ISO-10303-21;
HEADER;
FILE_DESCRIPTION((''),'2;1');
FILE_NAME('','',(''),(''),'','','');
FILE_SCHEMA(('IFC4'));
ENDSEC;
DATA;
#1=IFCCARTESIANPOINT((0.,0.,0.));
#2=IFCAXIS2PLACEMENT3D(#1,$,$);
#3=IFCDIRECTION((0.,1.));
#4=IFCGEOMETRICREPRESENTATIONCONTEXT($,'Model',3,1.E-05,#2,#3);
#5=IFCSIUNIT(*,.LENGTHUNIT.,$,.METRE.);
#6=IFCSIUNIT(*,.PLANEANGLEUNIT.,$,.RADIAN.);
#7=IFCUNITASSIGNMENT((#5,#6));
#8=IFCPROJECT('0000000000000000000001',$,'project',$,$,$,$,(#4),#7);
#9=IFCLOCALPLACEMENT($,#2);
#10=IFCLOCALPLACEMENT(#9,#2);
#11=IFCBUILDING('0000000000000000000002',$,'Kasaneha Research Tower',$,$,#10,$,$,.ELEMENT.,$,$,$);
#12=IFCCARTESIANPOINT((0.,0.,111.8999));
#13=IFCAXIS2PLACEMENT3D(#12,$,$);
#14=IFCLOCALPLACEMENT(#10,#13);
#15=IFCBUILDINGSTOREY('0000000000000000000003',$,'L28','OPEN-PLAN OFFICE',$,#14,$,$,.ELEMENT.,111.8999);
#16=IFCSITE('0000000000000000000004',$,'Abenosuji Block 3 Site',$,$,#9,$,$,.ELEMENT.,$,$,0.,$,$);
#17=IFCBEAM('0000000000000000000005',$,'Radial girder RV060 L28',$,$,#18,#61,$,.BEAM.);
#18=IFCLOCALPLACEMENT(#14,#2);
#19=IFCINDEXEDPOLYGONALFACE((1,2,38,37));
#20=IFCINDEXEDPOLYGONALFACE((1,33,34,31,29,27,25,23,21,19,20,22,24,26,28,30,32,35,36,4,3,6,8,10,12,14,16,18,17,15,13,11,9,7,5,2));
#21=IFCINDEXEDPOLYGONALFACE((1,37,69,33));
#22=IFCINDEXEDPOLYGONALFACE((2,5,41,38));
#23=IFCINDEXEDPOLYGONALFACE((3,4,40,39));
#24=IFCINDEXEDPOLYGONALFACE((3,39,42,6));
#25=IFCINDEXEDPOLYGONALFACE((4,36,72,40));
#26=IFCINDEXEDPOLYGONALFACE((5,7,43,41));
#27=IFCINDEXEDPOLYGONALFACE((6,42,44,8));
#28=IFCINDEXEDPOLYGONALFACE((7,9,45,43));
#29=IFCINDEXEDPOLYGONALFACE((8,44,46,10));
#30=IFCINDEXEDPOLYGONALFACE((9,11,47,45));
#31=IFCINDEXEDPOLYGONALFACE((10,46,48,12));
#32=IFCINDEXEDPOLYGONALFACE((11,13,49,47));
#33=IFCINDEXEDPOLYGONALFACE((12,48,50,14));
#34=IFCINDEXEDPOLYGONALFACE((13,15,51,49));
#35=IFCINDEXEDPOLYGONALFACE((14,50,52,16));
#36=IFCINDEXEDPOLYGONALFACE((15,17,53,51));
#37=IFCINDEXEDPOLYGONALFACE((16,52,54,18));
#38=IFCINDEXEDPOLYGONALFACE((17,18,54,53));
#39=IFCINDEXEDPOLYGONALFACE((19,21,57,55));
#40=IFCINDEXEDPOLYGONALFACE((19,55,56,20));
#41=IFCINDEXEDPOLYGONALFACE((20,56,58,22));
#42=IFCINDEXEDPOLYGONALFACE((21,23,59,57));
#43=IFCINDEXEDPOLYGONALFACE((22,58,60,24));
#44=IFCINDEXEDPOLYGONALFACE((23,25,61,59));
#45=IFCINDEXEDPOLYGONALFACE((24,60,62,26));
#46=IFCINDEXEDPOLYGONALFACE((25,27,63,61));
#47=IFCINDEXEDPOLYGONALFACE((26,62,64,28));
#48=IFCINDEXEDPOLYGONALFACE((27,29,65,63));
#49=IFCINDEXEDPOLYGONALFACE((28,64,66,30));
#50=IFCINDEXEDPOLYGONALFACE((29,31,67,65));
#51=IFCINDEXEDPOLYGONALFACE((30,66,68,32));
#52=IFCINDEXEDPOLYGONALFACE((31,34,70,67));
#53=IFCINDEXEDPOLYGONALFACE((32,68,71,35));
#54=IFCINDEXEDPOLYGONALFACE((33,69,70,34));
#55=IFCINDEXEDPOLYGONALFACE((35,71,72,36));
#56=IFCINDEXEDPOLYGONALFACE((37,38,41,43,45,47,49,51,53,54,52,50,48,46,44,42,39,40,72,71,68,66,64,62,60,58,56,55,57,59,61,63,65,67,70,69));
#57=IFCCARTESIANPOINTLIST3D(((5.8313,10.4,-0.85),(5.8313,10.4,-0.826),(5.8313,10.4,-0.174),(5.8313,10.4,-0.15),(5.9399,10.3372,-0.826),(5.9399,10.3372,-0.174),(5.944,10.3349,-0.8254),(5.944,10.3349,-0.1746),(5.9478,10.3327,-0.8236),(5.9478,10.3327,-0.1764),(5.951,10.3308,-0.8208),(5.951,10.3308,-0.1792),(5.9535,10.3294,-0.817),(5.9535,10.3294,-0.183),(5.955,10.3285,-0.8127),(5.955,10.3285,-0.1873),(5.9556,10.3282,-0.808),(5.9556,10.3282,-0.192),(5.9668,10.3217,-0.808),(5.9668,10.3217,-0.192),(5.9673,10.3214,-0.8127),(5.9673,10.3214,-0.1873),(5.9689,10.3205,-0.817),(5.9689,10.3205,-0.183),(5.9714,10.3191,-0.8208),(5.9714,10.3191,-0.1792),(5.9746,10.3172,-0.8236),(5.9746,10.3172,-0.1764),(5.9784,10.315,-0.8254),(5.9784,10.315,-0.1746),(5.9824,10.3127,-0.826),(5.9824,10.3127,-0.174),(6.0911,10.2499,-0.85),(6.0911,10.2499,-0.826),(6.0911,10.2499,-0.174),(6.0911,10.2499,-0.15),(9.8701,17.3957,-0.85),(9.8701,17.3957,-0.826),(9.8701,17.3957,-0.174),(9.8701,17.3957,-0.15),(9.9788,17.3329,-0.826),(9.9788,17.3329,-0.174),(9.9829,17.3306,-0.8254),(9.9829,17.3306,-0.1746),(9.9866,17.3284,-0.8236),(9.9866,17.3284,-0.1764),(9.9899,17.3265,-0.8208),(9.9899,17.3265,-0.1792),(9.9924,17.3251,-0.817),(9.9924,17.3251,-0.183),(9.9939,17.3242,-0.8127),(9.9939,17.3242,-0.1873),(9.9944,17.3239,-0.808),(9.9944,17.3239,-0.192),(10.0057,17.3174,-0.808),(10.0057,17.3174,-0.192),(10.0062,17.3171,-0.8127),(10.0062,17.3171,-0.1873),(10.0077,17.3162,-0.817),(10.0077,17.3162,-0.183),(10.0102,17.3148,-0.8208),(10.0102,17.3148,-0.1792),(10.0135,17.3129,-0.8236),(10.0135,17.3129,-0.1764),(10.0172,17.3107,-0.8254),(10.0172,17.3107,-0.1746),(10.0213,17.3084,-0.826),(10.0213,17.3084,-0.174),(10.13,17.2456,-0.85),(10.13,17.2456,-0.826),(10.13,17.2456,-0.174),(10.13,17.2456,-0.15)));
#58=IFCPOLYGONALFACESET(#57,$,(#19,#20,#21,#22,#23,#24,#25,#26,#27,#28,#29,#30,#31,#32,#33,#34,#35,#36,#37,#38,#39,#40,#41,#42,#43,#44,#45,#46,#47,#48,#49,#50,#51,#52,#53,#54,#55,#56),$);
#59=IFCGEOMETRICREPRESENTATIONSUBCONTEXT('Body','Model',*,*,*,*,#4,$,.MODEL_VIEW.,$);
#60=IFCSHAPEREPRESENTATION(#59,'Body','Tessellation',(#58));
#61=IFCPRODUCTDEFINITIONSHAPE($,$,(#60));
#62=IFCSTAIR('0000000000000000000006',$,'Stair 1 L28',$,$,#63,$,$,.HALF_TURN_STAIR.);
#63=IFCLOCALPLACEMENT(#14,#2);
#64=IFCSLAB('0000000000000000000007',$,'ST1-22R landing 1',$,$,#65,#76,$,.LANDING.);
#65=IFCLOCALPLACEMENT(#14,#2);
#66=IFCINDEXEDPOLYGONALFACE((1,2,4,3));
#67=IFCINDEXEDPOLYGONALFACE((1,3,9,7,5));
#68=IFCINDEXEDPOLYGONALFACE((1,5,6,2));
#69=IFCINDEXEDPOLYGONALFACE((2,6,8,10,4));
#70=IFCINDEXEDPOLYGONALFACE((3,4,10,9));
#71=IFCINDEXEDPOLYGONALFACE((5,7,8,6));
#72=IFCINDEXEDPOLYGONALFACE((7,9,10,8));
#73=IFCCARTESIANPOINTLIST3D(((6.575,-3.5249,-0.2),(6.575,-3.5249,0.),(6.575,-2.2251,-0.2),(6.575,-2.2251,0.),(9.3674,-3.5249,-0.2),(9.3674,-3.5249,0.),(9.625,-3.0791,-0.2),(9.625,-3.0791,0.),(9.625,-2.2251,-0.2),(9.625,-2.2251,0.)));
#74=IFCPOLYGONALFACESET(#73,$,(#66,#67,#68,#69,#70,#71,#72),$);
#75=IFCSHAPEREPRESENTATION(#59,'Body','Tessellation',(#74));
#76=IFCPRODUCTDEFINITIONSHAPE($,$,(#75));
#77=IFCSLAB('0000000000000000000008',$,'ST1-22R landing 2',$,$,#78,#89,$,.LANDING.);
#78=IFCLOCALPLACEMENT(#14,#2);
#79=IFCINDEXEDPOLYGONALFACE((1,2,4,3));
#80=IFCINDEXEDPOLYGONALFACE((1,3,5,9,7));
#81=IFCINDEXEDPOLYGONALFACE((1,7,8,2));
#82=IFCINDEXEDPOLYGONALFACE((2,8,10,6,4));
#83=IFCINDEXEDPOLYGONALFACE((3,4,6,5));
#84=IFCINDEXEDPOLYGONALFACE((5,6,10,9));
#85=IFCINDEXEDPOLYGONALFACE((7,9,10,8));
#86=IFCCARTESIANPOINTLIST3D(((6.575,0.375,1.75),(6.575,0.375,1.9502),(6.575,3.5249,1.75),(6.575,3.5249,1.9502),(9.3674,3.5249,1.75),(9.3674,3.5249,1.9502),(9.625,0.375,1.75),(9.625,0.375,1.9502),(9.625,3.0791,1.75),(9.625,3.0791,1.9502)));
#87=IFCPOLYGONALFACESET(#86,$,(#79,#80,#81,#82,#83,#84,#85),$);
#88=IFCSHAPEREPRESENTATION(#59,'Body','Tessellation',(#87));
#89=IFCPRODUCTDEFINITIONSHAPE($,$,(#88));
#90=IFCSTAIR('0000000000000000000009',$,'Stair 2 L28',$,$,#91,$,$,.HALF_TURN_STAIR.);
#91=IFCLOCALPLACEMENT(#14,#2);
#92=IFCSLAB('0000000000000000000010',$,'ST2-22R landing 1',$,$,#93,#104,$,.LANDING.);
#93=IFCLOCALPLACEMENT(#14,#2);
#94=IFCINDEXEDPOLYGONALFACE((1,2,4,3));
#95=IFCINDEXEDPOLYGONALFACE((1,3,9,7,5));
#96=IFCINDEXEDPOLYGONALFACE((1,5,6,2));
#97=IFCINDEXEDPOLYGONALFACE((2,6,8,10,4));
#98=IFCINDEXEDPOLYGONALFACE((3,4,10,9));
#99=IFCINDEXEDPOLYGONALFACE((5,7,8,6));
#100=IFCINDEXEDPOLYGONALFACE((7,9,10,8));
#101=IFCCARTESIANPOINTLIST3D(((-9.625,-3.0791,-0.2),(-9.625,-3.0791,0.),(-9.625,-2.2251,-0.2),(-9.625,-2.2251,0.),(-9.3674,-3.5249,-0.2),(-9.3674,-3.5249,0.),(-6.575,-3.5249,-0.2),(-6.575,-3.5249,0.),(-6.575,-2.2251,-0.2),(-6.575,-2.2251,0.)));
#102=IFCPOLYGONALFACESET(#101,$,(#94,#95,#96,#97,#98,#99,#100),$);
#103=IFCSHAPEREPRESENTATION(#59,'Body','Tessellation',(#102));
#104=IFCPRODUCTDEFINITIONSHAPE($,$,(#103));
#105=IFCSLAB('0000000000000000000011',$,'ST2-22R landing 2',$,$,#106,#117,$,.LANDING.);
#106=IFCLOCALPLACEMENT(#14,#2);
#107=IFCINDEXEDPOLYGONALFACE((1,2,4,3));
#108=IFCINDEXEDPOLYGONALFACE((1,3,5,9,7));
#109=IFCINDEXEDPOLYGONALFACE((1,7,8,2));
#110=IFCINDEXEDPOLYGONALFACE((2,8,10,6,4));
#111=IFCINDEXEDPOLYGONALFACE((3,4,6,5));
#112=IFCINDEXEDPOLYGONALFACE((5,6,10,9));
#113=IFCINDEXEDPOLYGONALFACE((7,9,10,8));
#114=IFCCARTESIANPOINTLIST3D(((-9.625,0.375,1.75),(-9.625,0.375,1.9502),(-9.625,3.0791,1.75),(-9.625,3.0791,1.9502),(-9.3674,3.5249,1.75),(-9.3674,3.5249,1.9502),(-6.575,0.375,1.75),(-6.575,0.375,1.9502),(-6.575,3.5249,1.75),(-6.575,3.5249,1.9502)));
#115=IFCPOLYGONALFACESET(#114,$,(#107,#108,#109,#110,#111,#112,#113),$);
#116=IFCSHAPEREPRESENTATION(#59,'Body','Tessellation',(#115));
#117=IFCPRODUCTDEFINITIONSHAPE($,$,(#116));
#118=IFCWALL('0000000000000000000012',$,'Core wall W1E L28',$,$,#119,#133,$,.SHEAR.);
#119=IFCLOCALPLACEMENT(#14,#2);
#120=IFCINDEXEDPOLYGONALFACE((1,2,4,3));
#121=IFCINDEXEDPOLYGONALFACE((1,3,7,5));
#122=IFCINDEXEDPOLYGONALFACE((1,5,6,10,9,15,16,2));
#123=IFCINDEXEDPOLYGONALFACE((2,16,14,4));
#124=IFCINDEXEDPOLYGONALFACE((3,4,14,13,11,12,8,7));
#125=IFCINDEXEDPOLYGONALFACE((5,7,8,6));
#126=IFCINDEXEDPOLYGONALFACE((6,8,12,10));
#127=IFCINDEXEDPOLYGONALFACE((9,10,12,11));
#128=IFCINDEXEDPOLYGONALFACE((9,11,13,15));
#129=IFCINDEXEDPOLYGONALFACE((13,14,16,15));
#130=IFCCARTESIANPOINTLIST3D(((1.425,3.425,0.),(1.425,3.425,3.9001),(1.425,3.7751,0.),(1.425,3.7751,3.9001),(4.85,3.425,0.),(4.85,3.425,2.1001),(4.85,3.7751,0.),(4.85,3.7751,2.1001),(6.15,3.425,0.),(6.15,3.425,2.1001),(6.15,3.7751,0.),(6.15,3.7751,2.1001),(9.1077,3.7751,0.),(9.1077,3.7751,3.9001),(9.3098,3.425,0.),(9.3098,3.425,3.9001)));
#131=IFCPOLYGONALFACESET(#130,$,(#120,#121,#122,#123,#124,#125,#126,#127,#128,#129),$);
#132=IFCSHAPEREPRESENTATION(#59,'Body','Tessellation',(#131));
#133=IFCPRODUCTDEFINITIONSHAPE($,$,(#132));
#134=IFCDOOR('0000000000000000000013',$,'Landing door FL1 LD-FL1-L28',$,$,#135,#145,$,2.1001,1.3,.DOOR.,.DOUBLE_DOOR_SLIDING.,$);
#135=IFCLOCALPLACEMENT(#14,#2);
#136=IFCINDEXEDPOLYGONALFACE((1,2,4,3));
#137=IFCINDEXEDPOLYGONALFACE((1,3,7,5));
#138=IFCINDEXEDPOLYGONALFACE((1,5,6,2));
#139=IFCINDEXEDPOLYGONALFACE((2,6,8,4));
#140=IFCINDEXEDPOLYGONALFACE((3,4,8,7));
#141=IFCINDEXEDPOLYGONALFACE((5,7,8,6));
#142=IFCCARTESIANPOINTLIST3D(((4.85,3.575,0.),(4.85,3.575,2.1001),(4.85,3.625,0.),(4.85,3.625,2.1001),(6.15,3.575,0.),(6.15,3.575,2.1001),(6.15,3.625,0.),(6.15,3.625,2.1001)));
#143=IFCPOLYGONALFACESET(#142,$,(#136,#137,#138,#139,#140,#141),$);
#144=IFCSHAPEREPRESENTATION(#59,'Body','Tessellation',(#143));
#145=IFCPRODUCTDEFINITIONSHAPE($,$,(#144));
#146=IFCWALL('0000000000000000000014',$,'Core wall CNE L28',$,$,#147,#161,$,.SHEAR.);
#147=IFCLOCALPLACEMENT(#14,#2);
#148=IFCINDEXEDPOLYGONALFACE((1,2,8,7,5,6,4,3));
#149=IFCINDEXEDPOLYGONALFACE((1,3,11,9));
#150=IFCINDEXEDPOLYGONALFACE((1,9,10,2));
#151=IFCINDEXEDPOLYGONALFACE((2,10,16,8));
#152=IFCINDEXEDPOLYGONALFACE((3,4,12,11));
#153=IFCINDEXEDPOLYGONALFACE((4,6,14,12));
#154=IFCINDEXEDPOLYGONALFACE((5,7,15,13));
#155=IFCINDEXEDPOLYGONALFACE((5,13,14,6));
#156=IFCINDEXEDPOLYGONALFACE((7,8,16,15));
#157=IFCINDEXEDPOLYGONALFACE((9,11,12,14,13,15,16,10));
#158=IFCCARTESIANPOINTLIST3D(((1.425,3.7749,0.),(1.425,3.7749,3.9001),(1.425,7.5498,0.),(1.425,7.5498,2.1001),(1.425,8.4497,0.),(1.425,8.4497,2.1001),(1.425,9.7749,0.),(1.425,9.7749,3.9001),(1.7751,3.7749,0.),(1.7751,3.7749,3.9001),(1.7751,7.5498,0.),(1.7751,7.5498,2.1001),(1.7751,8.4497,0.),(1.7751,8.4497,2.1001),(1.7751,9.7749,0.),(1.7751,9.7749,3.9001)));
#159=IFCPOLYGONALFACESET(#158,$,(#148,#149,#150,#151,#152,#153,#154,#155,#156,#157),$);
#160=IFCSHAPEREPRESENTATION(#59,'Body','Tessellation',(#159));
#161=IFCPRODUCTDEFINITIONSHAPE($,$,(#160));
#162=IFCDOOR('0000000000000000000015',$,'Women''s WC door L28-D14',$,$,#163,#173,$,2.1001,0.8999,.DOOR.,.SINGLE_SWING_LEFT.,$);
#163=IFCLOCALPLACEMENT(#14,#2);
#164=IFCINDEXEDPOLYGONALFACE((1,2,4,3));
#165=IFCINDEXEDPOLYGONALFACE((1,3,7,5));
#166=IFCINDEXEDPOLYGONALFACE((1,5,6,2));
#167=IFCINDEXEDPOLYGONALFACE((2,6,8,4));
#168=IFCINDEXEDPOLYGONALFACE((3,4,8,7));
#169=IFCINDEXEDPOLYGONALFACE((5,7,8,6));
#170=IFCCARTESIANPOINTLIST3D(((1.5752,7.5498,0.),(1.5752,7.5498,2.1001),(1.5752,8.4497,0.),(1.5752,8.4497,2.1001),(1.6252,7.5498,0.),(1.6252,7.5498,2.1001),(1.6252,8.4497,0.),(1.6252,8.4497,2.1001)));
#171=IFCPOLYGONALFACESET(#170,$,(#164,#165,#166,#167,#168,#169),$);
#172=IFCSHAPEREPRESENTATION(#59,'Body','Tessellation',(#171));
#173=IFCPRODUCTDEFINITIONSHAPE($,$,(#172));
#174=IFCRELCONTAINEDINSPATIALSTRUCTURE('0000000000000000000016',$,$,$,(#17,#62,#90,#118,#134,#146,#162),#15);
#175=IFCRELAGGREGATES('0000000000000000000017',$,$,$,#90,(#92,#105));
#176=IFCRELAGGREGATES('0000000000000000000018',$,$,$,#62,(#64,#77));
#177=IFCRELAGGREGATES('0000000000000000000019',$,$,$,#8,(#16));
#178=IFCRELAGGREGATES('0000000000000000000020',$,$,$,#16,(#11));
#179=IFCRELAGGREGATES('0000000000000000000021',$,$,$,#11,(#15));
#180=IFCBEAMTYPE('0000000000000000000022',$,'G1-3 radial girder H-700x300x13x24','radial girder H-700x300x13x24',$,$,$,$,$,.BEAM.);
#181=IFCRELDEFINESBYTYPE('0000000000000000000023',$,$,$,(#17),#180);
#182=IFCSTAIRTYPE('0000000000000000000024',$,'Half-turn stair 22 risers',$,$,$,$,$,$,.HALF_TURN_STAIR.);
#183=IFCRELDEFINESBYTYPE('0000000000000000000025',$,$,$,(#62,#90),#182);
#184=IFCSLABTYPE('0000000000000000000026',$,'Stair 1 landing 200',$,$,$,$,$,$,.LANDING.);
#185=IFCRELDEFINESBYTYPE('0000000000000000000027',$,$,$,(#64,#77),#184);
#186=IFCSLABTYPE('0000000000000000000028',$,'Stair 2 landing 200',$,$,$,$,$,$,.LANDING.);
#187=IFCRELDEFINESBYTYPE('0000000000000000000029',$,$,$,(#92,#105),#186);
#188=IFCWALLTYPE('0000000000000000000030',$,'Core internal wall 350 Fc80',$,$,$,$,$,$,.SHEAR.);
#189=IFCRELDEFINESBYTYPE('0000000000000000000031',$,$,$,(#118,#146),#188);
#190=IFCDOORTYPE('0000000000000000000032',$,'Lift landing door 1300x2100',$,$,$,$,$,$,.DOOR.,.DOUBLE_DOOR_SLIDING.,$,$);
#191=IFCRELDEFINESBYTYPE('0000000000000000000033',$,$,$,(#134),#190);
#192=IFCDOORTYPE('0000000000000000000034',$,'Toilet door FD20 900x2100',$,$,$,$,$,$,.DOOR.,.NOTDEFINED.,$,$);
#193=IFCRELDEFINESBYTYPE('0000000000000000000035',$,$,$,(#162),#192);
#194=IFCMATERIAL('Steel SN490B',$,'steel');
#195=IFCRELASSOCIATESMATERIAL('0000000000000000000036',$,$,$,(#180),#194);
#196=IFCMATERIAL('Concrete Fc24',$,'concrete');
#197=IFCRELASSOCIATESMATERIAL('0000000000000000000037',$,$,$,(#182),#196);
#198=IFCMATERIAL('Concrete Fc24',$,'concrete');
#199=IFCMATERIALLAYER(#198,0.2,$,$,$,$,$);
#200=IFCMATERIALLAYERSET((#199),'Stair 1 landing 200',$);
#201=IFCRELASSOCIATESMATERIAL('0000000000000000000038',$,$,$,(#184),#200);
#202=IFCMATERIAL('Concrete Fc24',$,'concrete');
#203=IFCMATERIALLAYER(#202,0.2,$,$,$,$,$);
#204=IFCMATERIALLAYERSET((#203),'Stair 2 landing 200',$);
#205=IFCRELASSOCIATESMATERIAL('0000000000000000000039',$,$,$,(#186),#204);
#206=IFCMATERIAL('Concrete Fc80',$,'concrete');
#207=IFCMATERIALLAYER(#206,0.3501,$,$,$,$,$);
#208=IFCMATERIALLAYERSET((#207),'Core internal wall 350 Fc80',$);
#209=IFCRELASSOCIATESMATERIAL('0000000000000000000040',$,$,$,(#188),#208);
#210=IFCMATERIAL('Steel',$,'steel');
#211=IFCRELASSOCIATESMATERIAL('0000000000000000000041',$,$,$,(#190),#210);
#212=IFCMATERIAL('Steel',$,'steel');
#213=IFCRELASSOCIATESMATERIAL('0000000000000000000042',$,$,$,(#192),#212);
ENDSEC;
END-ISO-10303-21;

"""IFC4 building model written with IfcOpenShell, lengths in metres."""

from ifc_helpers import new_model, si_unit, direction, frame, frame_2d, origin, origin_2d, place, context, subcontext, project, spatial, polyline, rectangle, i_section, outline, extrude, material, layer, layer_set, material_profile, profile_set, type_object, element, fill, aggregate, save


model = new_model("IFC4")

# Units and contexts
model_context = context("Model", 3, precision=1e-05, world=origin(), true_north=direction((0.0, 1.0)))
body_context = subcontext(model_context, "Body", "Model", "MODEL_VIEW")
ifc_project = project(units=[si_unit("LENGTHUNIT", "METRE"), si_unit("PLANEANGLEUNIT", "RADIAN")], contexts=[model_context])

# Site, building, storey
site_placement = place(None, origin())
site = spatial("IfcSite", under=ifc_project, at=site_placement, Name="Abenosuji Block 3 Site", CompositionType="ELEMENT", RefElevation=0.0)
building_placement = place(site_placement, origin())
building = spatial("IfcBuilding", under=site, at=building_placement, Name="Kasaneha Research Tower", CompositionType="ELEMENT")
storey_placement = place(building_placement, frame((0.0, 0.0, 111.8999)))
storey = spatial("IfcBuildingStorey", under=building, at=storey_placement, Name="L28", Description="OPEN-PLAN OFFICE", CompositionType="ELEMENT", Elevation=111.8999)

# Beam
ifc_material_1 = material(Name="Steel SN490B", Category="steel")
ifc_material_profile = material_profile(ifc_material_1, i_section(OverallWidth=0.3, OverallDepth=0.7, WebThickness=0.0129, FlangeThickness=0.0239, FilletRadius=0.0181, at=origin_2d()), Name="H-700x300x13x24")
ifc_profile_set = profile_set([ifc_material_profile], Name="Steel SN490B")
beam_type = type_object("IfcBeamType", Name="G1-3 radial girder H-700x300x13x24", Description="radial girder H-700x300x13x24", PredefinedType="BEAM", material=ifc_profile_set)
beam_placement = place(storey_placement, frame((5.9612, 10.325, -0.5), z_axis=(0.499991, 0.866031, 0.0), x_axis=(-0.866031, 0.499991, 0.0)))
element("IfcBeam", 1, at=beam_placement, inside=storey, type_object=beam_type, Name="Radial girder RV060 L28", PredefinedType="BEAM", context=body_context, shape_type="SweptSolid", body=[
    extrude(i_section(OverallWidth=0.3, OverallDepth=0.7, WebThickness=0.0129, FlangeThickness=0.0239, FilletRadius=0.0181, at=origin_2d()), origin(), (0.0, 0.0, 1.0), 8.0779),
])

# Stairs, slabs
ifc_material_2 = material(Name="Concrete Fc24", Category="concrete")
stair_type = type_object("IfcStairType", Name="Half-turn stair 22 risers", PredefinedType="HALF_TURN_STAIR", material=ifc_material_2)
stair_1_placement = place(storey_placement, origin())
stair_1 = element("IfcStair", 2, at=stair_1_placement, inside=storey, type_object=stair_type, Name="Stair 1 L28", PredefinedType="HALF_TURN_STAIR")
ifc_material_3 = material(Name="Concrete Fc24", Category="concrete")
ifc_layer_1 = layer(ifc_material_3, 0.2)
ifc_layer_set_1 = layer_set([ifc_layer_1], Name="Stair 1 landing 200")
slab_type_1 = type_object("IfcSlabType", Name="Stair 1 landing 200", PredefinedType="LANDING", material=ifc_layer_set_1)
slab_1_placement = place(storey_placement, frame((0.0, 0.0, -0.2)))
slab_1 = element("IfcSlab", 3, at=slab_1_placement, type_object=slab_type_1, Name="ST1-22R landing 1", PredefinedType="LANDING", context=body_context, shape_type="SweptSolid", body=[
    extrude(outline(polyline([(9.3674, -3.5249), (6.575, -3.5249), (6.575, -2.2251), (9.625, -2.2251), (9.625, -3.0791), (9.3674, -3.5249)])), origin(), (0.0, 0.0, 1.0), 0.2),
])
slab_2_placement = place(storey_placement, frame((0.0, 0.0, 1.75)))
slab_2 = element("IfcSlab", 4, at=slab_2_placement, type_object=slab_type_1, Name="ST1-22R landing 2", PredefinedType="LANDING", context=body_context, shape_type="SweptSolid", body=[
    extrude(outline(polyline([(6.575, 3.5249), (9.3674, 3.5249), (9.625, 3.0791), (9.625, 0.375), (6.575, 0.375), (6.575, 3.5249)])), origin(), (0.0, 0.0, 1.0), 0.2002),
])
stair_2_placement = place(storey_placement, origin())
stair_2 = element("IfcStair", 5, at=stair_2_placement, inside=storey, type_object=stair_type, Name="Stair 2 L28", PredefinedType="HALF_TURN_STAIR")
ifc_material_4 = material(Name="Concrete Fc24", Category="concrete")
ifc_layer_2 = layer(ifc_material_4, 0.2)
ifc_layer_set_2 = layer_set([ifc_layer_2], Name="Stair 2 landing 200")
slab_type_2 = type_object("IfcSlabType", Name="Stair 2 landing 200", PredefinedType="LANDING", material=ifc_layer_set_2)
slab_3_placement = place(storey_placement, frame((0.0, 0.0, -0.2)))
slab_3 = element("IfcSlab", 6, at=slab_3_placement, type_object=slab_type_2, Name="ST2-22R landing 1", PredefinedType="LANDING", context=body_context, shape_type="SweptSolid", body=[
    extrude(outline(polyline([(-6.575, -3.5249), (-9.3674, -3.5249), (-9.625, -3.0791), (-9.625, -2.2251), (-6.575, -2.2251), (-6.575, -3.5249)])), origin(), (0.0, 0.0, 1.0), 0.2),
])
slab_4_placement = place(storey_placement, frame((0.0, 0.0, 1.75)))
slab_4 = element("IfcSlab", 7, at=slab_4_placement, type_object=slab_type_2, Name="ST2-22R landing 2", PredefinedType="LANDING", context=body_context, shape_type="SweptSolid", body=[
    extrude(outline(polyline([(-6.575, 0.375), (-9.625, 0.375), (-9.625, 3.0791), (-9.3674, 3.5249), (-6.575, 3.5249), (-6.575, 0.375)])), origin(), (0.0, 0.0, 1.0), 0.2002),
])
aggregate(stair_2, [slab_3, slab_4])

# Walls, openings, doors
ifc_material_5 = material(Name="Concrete Fc80", Category="concrete")
ifc_layer_3 = layer(ifc_material_5, 0.3501)
ifc_layer_set_3 = layer_set([ifc_layer_3], Name="Core internal wall 350 Fc80")
wall_type_1 = type_object("IfcWallType", Name="Core internal wall 350 Fc80", PredefinedType="SHEAR", material=ifc_layer_set_3)
wall_1_placement = place(storey_placement, frame((1.425, 3.6001, 0.0), z_axis=(0.0, 0.0, 1.0), x_axis=(1.0, 0.0, 0.0)))
wall_1 = element("IfcWall", 8, at=wall_1_placement, inside=storey, type_object=wall_type_1, Name="Core wall W1E L28", PredefinedType="SHEAR", context=body_context, shape_type="SweptSolid", body=[
    extrude(outline(polyline([(0.0, -0.175), (3.425, -0.175), (4.7251, -0.175), (7.8848, -0.175), (7.6826, 0.175), (4.7251, 0.175), (3.425, 0.175), (0.0, 0.175), (0.0, -0.175)])), origin(), (0.0, 0.0, 1.0), 3.9001),
])
opening_1_placement = place(wall_1_placement, frame((3.425, 0.0, 0.0)))
opening_1 = element("IfcOpeningElement", 9, at=opening_1_placement, cuts=wall_1, PredefinedType="OPENING", context=body_context, shape_type="SweptSolid", body=[
    extrude(rectangle(XDim=1.3, YDim=2.1001, at=frame_2d((0.6499, 1.05))), frame((0.0, 0.1851, 0.0), z_axis=(0.0, -1.0, 0.0), x_axis=(1.0, 0.0, 0.0)), (0.0, 0.0, 1.0), 0.3701),
])
ifc_material_6 = material(Name="Steel", Category="steel")
door_type_1 = type_object("IfcDoorType", Name="Lift landing door 1300x2100", OperationType="DOUBLE_DOOR_SLIDING", PredefinedType="DOOR", material=ifc_material_6)
door_1_placement = place(opening_1_placement, origin())
door_1 = element("IfcDoor", 10, at=door_1_placement, inside=storey, type_object=door_type_1, Name="Landing door FL1 LD-FL1-L28", OperationType="DOUBLE_DOOR_SLIDING", OverallHeight=2.1001, OverallWidth=1.3, PredefinedType="DOOR", context=body_context, shape_type="SweptSolid", body=[
    extrude(rectangle(XDim=1.3, YDim=2.1001, at=frame_2d((0.6499, 1.05))), frame((0.0, 0.0249, 0.0), z_axis=(0.0, -1.0, 0.0), x_axis=(1.0, 0.0, 0.0)), (0.0, 0.0, 1.0), 0.05),
])
fill(opening_1, door_1)
wall_2_placement = place(storey_placement, frame((1.6001, 3.7749, 0.0), z_axis=(0.0, 0.0, 1.0), x_axis=(0.0, 1.0, 0.0)))
wall_2 = element("IfcWall", 11, at=wall_2_placement, inside=storey, type_object=wall_type_1, Name="Core wall CNE L28", PredefinedType="SHEAR", context=body_context, shape_type="SweptSolid", body=[
    extrude(rectangle(XDim=6.0, YDim=0.3501, at=frame_2d((3.0, 0.0))), origin(), (0.0, 0.0, 1.0), 3.9001),
])
opening_2_placement = place(wall_2_placement, frame((3.7749, 0.0, 0.0)))
opening_2 = element("IfcOpeningElement", 12, at=opening_2_placement, cuts=wall_2, PredefinedType="OPENING", context=body_context, shape_type="SweptSolid", body=[
    extrude(rectangle(XDim=0.8999, YDim=2.1001, at=frame_2d((0.45, 1.05))), frame((0.0, 0.1851, 0.0), z_axis=(0.0, -1.0, 0.0), x_axis=(1.0, 0.0, 0.0)), (0.0, 0.0, 1.0), 0.3701),
])
ifc_material_7 = material(Name="Steel", Category="steel")
door_type_2 = type_object("IfcDoorType", Name="Toilet door FD20 900x2100", OperationType="NOTDEFINED", PredefinedType="DOOR", material=ifc_material_7)
door_2_placement = place(opening_2_placement, origin())
door_2 = element("IfcDoor", 13, at=door_2_placement, inside=storey, type_object=door_type_2, Name="Women's WC door L28-D14", OperationType="SINGLE_SWING_LEFT", OverallHeight=2.1001, OverallWidth=0.8999, PredefinedType="DOOR", context=body_context, shape_type="SweptSolid", body=[
    extrude(rectangle(XDim=0.8999, YDim=2.1001, at=frame_2d((0.45, 1.05))), frame((0.0, 0.0249, 0.0), z_axis=(0.0, -1.0, 0.0), x_axis=(1.0, 0.0, 0.0)), (0.0, 0.0, 1.0), 0.05),
])
fill(opening_2, door_2)

aggregate(stair_1, [slab_1, slab_2])

save(model, "model.ifc")
